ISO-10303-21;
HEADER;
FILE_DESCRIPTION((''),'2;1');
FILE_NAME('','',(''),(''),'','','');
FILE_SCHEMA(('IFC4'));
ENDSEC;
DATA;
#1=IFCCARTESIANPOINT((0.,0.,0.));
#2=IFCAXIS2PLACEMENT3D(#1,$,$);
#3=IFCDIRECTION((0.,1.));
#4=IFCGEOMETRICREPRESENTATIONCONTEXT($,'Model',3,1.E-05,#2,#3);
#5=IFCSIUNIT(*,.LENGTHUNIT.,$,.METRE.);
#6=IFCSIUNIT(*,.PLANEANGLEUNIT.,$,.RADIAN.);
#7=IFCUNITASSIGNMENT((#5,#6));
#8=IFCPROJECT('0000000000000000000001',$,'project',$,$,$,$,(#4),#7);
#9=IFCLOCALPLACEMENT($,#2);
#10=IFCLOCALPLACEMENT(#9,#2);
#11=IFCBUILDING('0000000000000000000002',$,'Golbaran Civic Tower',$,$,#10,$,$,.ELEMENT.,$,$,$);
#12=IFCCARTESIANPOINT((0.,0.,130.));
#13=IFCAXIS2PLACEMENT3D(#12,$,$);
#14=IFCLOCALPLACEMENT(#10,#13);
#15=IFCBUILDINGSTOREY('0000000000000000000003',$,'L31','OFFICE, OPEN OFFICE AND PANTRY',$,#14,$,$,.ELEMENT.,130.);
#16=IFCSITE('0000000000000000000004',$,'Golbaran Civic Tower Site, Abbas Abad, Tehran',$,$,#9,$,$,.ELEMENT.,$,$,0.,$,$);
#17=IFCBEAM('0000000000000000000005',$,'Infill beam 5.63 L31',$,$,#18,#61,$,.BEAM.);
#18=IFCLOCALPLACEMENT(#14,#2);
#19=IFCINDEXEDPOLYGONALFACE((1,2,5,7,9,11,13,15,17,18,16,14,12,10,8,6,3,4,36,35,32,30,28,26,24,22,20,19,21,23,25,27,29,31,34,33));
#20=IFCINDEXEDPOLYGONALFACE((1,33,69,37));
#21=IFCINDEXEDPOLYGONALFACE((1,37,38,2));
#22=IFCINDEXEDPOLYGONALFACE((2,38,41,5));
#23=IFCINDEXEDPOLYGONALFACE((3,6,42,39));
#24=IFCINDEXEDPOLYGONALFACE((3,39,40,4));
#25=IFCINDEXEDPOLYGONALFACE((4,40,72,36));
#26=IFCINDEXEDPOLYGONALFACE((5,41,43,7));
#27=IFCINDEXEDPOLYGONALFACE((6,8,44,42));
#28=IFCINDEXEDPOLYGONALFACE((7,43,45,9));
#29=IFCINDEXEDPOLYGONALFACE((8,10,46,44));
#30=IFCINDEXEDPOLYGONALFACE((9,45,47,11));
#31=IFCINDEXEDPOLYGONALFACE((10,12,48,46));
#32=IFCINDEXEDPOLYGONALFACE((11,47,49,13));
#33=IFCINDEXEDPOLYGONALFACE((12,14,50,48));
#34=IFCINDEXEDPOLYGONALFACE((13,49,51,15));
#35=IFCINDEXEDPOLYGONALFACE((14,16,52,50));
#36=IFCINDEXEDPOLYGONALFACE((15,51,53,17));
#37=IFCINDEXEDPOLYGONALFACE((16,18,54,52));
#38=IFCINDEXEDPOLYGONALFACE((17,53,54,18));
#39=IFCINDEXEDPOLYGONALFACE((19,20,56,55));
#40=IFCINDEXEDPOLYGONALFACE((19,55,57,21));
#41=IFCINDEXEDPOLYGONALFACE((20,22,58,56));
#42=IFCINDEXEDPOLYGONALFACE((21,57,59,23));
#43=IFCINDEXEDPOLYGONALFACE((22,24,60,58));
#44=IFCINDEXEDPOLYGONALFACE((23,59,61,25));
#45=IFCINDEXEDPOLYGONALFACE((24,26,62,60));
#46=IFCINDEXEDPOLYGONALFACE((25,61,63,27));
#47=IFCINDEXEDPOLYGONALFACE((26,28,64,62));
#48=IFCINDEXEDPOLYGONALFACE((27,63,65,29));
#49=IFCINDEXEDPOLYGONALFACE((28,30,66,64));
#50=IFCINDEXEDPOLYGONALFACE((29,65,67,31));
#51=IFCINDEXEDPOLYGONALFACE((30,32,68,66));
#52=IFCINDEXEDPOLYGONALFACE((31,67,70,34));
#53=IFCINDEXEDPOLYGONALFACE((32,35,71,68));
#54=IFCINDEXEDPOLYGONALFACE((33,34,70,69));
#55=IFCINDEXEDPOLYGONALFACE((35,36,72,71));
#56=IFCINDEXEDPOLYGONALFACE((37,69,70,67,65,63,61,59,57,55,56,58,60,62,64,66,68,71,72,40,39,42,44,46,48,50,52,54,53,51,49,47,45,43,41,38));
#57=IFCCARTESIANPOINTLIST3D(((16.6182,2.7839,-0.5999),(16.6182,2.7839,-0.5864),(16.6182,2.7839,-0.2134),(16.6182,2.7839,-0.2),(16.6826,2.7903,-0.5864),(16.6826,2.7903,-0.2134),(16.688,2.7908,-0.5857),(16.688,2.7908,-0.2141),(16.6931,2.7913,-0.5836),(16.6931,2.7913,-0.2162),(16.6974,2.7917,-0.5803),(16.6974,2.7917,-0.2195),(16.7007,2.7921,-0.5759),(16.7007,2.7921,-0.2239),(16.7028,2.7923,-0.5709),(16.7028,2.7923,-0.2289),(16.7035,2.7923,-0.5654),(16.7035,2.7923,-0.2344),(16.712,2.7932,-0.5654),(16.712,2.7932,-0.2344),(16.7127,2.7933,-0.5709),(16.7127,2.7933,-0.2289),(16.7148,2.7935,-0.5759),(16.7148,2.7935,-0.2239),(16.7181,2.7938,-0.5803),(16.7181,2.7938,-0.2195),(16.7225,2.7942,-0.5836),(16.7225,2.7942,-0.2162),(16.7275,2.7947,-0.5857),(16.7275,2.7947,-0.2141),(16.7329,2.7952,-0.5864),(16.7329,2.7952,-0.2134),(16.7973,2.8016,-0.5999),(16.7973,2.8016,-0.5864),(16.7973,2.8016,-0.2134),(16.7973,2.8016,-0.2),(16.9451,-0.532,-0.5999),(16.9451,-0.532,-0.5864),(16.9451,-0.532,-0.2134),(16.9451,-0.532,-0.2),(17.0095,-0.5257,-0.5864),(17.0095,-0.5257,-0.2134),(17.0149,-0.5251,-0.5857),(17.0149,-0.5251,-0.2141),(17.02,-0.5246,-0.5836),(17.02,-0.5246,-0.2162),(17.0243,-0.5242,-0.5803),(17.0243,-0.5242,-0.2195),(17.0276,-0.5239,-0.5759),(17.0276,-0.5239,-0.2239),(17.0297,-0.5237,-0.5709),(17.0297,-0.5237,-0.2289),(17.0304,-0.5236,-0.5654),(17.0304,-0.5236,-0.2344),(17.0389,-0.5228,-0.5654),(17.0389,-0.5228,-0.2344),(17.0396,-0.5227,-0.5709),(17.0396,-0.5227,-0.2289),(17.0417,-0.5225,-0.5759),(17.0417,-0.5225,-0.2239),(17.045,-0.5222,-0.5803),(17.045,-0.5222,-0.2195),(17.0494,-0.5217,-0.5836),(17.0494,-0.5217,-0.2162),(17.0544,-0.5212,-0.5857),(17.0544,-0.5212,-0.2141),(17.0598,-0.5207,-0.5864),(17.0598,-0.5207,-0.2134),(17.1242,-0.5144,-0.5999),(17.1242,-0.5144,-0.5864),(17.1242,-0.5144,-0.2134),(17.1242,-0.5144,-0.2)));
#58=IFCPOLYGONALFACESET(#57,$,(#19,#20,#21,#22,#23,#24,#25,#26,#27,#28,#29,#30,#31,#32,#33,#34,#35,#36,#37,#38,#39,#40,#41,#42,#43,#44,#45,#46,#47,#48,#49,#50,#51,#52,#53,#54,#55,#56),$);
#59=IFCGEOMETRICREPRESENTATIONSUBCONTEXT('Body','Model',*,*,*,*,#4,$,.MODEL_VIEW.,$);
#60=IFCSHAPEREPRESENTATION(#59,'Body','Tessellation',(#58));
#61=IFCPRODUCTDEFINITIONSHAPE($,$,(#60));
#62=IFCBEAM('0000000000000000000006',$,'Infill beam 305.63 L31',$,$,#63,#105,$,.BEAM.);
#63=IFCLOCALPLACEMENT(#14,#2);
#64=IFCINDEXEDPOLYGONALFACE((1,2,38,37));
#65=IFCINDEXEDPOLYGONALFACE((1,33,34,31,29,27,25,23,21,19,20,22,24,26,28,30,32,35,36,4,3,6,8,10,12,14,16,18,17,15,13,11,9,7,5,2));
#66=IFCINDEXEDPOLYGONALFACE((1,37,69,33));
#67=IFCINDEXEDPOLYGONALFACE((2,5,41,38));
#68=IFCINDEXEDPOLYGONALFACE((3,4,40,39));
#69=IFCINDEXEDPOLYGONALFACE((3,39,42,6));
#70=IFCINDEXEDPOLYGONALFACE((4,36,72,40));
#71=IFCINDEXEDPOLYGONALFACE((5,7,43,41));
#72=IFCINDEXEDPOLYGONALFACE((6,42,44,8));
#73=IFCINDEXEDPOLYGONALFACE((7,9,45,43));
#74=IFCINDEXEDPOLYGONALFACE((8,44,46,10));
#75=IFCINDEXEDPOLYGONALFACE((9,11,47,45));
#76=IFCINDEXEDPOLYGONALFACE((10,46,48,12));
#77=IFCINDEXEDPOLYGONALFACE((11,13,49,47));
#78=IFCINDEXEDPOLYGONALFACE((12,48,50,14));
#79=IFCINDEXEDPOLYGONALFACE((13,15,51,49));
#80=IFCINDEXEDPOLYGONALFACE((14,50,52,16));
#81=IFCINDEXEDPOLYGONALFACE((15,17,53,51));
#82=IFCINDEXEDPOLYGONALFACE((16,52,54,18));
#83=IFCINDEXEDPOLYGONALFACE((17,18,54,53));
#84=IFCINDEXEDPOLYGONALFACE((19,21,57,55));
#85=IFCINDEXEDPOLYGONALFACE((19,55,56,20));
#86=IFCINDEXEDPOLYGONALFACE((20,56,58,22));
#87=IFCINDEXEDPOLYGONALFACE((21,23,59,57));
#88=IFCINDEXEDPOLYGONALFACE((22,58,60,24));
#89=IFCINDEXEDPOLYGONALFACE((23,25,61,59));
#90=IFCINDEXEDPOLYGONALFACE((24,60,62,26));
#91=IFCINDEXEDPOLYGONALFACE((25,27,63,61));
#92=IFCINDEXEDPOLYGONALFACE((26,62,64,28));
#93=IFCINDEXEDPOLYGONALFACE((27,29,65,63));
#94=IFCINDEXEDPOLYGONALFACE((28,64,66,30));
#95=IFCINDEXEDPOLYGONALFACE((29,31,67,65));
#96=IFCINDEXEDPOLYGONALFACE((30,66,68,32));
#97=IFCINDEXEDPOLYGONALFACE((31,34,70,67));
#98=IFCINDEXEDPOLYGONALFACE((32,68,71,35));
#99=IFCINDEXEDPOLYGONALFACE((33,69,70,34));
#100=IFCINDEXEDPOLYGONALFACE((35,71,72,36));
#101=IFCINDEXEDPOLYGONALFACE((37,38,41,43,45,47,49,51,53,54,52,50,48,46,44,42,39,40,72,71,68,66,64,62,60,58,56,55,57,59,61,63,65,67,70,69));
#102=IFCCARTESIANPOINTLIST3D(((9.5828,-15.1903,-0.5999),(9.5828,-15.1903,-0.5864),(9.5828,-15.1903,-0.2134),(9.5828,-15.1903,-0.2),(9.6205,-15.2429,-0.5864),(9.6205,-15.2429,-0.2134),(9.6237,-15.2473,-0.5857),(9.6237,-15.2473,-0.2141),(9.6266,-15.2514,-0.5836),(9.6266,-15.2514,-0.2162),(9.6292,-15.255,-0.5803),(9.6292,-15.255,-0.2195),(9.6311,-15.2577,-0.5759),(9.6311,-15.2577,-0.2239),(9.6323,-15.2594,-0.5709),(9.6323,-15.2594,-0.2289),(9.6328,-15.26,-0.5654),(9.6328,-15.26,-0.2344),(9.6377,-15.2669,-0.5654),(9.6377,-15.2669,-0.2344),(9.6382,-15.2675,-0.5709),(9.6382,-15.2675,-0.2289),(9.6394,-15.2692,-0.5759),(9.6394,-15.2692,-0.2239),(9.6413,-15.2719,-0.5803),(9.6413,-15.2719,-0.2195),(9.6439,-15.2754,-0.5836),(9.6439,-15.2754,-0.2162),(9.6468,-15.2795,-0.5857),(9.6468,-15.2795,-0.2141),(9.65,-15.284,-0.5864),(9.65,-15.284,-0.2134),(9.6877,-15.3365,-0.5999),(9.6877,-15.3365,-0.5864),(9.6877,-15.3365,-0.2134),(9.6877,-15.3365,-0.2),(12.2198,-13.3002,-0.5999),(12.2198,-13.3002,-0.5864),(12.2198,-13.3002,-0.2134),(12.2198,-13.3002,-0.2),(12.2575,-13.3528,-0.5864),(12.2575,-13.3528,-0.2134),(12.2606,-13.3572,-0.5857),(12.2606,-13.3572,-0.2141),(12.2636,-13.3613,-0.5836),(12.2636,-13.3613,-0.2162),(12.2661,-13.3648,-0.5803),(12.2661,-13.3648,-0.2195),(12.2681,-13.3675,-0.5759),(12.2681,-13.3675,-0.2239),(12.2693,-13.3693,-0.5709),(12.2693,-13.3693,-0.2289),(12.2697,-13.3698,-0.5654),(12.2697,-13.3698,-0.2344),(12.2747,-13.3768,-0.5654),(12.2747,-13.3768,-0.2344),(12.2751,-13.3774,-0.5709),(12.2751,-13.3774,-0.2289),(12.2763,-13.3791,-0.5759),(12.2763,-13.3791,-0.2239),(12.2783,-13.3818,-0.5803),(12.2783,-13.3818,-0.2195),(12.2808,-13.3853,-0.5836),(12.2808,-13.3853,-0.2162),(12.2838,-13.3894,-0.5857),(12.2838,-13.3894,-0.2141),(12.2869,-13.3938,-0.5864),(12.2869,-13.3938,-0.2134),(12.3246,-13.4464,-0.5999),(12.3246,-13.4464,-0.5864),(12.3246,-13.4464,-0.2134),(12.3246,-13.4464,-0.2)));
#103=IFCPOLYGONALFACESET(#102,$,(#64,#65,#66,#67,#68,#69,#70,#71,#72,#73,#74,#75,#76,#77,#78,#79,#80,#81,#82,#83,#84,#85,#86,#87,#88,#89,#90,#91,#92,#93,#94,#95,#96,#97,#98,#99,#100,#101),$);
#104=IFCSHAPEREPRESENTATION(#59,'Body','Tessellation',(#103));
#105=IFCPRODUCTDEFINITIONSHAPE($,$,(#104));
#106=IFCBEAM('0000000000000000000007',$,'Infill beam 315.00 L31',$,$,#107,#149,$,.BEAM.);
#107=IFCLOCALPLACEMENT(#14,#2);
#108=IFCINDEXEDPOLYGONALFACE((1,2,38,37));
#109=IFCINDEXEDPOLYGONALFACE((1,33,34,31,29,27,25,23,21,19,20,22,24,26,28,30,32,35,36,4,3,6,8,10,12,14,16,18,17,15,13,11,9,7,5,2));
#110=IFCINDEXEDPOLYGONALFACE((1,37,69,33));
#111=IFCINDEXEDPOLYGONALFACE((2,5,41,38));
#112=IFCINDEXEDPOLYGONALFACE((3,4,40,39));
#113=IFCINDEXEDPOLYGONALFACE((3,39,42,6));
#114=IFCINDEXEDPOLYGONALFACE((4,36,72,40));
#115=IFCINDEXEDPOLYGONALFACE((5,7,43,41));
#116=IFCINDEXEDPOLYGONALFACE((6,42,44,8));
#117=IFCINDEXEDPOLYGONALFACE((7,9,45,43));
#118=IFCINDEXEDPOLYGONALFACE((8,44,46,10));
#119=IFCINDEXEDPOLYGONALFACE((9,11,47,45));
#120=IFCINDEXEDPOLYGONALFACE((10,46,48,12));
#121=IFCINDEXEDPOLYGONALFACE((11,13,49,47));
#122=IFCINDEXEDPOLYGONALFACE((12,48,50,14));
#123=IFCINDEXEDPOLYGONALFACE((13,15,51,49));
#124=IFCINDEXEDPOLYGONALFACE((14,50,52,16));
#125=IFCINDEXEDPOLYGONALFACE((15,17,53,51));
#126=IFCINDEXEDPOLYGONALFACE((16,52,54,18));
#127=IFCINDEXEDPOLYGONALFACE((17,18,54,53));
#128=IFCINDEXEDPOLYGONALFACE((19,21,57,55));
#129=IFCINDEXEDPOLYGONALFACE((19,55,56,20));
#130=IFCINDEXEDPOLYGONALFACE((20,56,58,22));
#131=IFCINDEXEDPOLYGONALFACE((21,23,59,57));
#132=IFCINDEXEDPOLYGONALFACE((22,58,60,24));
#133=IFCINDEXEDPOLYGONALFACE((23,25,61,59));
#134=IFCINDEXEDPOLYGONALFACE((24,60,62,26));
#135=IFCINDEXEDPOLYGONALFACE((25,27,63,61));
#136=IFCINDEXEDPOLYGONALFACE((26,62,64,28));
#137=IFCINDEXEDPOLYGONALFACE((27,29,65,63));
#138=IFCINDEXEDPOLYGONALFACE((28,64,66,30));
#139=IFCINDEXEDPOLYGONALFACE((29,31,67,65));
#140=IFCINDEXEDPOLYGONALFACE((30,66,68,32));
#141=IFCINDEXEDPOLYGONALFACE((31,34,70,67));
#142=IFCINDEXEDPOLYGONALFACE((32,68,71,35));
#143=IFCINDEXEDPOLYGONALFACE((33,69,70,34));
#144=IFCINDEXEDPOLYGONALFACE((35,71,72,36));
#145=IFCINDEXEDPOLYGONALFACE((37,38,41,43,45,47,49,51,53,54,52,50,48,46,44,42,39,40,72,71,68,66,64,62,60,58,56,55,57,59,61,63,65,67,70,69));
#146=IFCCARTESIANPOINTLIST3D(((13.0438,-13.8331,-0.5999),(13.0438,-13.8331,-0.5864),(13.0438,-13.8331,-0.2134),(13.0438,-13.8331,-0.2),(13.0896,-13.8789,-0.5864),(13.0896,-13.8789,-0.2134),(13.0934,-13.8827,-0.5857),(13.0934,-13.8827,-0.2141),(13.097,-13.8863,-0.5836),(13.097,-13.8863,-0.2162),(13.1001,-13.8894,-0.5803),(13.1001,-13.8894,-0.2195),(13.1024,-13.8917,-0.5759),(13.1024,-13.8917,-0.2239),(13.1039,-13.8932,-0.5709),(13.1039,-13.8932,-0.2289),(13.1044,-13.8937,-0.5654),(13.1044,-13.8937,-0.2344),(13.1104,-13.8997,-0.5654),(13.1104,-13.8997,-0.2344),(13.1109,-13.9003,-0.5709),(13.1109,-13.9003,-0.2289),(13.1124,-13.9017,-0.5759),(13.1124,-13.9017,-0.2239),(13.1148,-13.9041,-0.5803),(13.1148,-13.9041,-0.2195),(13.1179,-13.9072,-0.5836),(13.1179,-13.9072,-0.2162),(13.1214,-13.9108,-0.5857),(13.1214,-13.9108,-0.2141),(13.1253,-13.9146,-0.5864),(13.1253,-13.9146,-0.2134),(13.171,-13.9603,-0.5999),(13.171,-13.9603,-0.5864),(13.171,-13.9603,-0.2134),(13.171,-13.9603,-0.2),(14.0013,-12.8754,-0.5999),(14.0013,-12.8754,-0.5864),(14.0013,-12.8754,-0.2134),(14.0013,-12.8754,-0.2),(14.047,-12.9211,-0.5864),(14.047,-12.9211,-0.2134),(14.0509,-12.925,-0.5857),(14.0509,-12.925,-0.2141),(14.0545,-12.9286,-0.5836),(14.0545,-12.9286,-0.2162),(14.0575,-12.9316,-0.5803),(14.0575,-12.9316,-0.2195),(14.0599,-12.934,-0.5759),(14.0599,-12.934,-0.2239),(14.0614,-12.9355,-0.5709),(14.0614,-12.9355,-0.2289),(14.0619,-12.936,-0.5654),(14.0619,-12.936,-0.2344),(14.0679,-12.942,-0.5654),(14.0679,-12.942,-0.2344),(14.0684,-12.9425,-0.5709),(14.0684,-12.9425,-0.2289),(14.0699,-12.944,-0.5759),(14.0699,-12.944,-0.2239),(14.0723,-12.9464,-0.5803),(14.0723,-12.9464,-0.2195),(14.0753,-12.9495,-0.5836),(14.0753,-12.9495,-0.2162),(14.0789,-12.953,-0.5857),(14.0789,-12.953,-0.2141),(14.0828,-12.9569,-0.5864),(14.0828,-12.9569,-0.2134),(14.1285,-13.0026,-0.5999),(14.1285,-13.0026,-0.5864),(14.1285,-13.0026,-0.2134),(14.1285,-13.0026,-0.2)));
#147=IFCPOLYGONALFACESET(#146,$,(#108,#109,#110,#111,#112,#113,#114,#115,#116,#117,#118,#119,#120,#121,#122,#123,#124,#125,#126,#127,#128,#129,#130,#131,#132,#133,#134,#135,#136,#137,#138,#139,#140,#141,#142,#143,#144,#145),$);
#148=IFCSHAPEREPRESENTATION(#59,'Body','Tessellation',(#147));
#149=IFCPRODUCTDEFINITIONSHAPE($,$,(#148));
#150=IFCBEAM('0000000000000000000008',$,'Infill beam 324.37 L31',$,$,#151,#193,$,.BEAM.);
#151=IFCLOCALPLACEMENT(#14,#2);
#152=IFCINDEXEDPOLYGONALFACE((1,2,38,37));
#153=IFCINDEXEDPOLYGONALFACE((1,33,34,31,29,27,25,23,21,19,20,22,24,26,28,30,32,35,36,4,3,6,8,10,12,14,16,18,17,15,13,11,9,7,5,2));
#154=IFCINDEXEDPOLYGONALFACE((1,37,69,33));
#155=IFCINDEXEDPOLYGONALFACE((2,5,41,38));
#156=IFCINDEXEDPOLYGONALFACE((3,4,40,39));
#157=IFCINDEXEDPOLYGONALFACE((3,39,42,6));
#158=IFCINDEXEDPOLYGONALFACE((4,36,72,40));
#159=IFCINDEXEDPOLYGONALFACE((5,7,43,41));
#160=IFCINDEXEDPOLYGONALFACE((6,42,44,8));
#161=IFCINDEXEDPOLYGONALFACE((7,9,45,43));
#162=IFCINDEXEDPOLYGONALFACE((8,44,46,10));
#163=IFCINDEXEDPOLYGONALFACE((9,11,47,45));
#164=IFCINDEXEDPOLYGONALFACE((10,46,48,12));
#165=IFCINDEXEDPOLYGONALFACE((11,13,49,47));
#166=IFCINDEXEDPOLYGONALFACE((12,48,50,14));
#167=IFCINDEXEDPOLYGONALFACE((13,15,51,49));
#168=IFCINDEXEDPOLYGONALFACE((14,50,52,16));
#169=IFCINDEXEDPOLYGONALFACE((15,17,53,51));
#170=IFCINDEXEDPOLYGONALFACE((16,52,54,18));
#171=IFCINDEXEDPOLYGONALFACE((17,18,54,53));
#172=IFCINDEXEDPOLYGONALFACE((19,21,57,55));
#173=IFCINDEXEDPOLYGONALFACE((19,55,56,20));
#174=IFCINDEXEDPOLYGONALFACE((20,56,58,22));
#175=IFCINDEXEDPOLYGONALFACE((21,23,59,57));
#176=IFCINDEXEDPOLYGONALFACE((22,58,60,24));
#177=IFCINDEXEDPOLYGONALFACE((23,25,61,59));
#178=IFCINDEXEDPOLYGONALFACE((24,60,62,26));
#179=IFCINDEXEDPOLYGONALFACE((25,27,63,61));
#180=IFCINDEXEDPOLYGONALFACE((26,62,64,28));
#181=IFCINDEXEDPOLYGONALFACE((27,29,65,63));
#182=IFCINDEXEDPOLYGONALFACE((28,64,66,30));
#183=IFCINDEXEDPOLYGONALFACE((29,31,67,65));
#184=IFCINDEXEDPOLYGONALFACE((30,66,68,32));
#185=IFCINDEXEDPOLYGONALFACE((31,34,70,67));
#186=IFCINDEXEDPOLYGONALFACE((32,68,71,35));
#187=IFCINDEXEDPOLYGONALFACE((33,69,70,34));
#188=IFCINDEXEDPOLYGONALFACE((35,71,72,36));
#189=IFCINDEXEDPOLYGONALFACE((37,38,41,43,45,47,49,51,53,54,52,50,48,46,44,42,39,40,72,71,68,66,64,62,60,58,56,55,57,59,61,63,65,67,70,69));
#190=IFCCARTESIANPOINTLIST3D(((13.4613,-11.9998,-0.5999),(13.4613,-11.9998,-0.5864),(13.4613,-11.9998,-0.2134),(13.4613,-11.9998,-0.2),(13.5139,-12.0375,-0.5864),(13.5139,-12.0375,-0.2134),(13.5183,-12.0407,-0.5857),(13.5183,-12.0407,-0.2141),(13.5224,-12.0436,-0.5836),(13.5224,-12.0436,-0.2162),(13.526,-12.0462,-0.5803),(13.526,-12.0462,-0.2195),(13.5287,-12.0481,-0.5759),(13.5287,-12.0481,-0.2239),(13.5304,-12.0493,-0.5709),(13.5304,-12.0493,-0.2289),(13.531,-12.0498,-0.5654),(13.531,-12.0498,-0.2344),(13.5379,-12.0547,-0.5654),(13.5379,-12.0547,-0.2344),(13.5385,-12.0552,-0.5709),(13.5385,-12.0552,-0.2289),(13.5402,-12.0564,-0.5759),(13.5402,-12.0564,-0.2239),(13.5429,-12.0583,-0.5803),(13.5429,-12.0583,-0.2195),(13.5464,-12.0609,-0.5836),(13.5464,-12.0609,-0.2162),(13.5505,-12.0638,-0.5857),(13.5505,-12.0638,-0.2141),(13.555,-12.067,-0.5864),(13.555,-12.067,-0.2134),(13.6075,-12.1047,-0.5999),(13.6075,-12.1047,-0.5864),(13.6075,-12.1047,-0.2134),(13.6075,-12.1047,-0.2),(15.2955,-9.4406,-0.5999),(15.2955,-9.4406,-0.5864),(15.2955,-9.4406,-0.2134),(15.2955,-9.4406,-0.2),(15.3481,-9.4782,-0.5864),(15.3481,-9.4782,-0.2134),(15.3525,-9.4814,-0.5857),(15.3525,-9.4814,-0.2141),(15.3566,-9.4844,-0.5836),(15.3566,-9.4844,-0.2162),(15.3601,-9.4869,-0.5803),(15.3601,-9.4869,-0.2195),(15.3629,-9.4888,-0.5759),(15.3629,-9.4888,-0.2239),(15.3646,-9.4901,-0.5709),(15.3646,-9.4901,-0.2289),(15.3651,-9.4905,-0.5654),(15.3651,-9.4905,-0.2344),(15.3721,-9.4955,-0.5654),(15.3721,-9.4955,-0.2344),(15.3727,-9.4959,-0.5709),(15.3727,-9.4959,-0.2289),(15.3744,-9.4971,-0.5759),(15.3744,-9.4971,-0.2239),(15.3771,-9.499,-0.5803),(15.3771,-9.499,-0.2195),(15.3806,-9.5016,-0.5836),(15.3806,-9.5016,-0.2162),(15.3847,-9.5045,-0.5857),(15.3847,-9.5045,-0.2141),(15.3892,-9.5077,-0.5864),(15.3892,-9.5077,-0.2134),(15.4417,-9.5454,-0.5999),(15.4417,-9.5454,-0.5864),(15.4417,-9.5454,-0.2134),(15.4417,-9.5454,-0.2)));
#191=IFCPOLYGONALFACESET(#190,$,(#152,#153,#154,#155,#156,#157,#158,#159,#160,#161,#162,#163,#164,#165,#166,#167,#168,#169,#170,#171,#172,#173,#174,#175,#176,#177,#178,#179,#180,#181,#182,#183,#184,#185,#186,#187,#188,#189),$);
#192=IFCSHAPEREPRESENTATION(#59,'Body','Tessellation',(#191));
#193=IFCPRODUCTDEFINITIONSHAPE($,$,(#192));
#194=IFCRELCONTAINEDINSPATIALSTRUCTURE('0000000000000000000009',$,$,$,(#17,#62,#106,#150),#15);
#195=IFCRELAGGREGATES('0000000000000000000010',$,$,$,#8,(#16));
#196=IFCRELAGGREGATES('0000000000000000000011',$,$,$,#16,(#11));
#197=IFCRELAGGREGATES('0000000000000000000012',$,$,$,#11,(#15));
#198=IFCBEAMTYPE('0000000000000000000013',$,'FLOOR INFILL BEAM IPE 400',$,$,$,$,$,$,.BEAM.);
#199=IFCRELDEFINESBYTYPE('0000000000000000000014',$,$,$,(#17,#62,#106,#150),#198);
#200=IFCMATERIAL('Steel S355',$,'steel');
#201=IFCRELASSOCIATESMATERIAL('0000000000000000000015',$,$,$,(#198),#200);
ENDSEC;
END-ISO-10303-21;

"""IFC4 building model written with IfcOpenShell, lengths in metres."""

from ifc_helpers import new_model, si_unit, direction, frame, origin, origin_2d, place, context, subcontext, project, spatial, i_section, extrude, material, material_profile, profile_set, type_object, element, save


model = new_model("IFC4")

# Units and contexts
model_context = context("Model", 3, precision=1e-05, world=origin(), true_north=direction((0.0, 1.0)))
body_context = subcontext(model_context, "Body", "Model", "MODEL_VIEW")
ifc_project = project(units=[si_unit("LENGTHUNIT", "METRE"), si_unit("PLANEANGLEUNIT", "RADIAN")], contexts=[model_context])

# Site, building, storey
site_placement = place(None, origin())
site = spatial("IfcSite", under=ifc_project, at=site_placement, Name="Golbaran Civic Tower Site, Abbas Abad, Tehran", CompositionType="ELEMENT", RefElevation=0.0)
building_placement = place(site_placement, origin())
building = spatial("IfcBuilding", under=site, at=building_placement, Name="Golbaran Civic Tower", CompositionType="ELEMENT")
storey_placement = place(building_placement, frame((0.0, 0.0, 130.0)))
storey = spatial("IfcBuildingStorey", under=building, at=storey_placement, Name="L31", Description="OFFICE, OPEN OFFICE AND PANTRY", CompositionType="ELEMENT", Elevation=130.0)

# Beams
ifc_material_1 = material(Name="Steel S355", Category="steel")
ifc_material_profile_1 = material_profile(ifc_material_1, i_section(OverallWidth=0.1799, OverallDepth=0.3999, WebThickness=0.0085, FlangeThickness=0.0134, FilletRadius=0.021, at=origin_2d()), Name="IPE 400")
ifc_profile_set_1 = profile_set([ifc_material_profile_1], Name="Steel S355")
beam_type_1 = type_object("IfcBeamType", Name="FLOOR INFILL BEAM IPE 400", PredefinedType="BEAM", material=ifc_profile_set_1)
beam_1_placement = place(storey_placement, frame((17.0347, -0.5232, -0.3999), z_axis=(-0.098111, 0.995176, 0.0), x_axis=(-0.995176, -0.098111, 0.0)))
element("IfcBeam", 1, at=beam_1_placement, inside=storey, type_object=beam_type_1, Name="Infill beam 5.63 L31", PredefinedType="BEAM", context=body_context, shape_type="SweptSolid", body=[
    extrude(i_section(OverallWidth=0.1799, OverallDepth=0.3999, WebThickness=0.0085, FlangeThickness=0.0134, FilletRadius=0.021, at=origin_2d()), origin(), (0.0, 0.0, 1.0), 3.332),
])
beam_2_placement = place(storey_placement, frame((9.6353, -15.2634, -0.3999), z_axis=(0.812771, 0.582583, 0.0), x_axis=(-0.582583, 0.812771, 0.0)))
element("IfcBeam", 2, at=beam_2_placement, inside=storey, type_object=beam_type_1, Name="Infill beam 305.63 L31", PredefinedType="BEAM", context=body_context, shape_type="SweptSolid", body=[
    extrude(i_section(OverallWidth=0.1799, OverallDepth=0.3999, WebThickness=0.0085, FlangeThickness=0.0134, FilletRadius=0.021, at=origin_2d()), origin(), (0.0, 0.0, 1.0), 3.2444),
])
beam_3_placement = place(storey_placement, frame((13.1074, -13.8967, -0.3999), z_axis=(0.707017, 0.707197, 0.0), x_axis=(-0.707197, 0.707017, 0.0)))
element("IfcBeam", 3, at=beam_3_placement, inside=storey, type_object=beam_type_1, Name="Infill beam 315.00 L31", PredefinedType="BEAM", context=body_context, shape_type="SweptSolid", body=[
    extrude(i_section(OverallWidth=0.1799, OverallDepth=0.3999, WebThickness=0.0085, FlangeThickness=0.0134, FilletRadius=0.021, at=origin_2d()), origin(), (0.0, 0.0, 1.0), 1.3542),
])
beam_4_placement = place(storey_placement, frame((13.5344, -12.0522, -0.3999), z_axis=(0.582528, 0.81281, 0.0), x_axis=(-0.81281, 0.582528, 0.0)))
element("IfcBeam", 4, at=beam_4_placement, inside=storey, type_object=beam_type_1, Name="Infill beam 324.37 L31", PredefinedType="BEAM", context=body_context, shape_type="SweptSolid", body=[
    extrude(i_section(OverallWidth=0.1799, OverallDepth=0.3999, WebThickness=0.0085, FlangeThickness=0.0134, FilletRadius=0.021, at=origin_2d()), origin(), (0.0, 0.0, 1.0), 3.1487),
])

save(model, "model.ifc")
